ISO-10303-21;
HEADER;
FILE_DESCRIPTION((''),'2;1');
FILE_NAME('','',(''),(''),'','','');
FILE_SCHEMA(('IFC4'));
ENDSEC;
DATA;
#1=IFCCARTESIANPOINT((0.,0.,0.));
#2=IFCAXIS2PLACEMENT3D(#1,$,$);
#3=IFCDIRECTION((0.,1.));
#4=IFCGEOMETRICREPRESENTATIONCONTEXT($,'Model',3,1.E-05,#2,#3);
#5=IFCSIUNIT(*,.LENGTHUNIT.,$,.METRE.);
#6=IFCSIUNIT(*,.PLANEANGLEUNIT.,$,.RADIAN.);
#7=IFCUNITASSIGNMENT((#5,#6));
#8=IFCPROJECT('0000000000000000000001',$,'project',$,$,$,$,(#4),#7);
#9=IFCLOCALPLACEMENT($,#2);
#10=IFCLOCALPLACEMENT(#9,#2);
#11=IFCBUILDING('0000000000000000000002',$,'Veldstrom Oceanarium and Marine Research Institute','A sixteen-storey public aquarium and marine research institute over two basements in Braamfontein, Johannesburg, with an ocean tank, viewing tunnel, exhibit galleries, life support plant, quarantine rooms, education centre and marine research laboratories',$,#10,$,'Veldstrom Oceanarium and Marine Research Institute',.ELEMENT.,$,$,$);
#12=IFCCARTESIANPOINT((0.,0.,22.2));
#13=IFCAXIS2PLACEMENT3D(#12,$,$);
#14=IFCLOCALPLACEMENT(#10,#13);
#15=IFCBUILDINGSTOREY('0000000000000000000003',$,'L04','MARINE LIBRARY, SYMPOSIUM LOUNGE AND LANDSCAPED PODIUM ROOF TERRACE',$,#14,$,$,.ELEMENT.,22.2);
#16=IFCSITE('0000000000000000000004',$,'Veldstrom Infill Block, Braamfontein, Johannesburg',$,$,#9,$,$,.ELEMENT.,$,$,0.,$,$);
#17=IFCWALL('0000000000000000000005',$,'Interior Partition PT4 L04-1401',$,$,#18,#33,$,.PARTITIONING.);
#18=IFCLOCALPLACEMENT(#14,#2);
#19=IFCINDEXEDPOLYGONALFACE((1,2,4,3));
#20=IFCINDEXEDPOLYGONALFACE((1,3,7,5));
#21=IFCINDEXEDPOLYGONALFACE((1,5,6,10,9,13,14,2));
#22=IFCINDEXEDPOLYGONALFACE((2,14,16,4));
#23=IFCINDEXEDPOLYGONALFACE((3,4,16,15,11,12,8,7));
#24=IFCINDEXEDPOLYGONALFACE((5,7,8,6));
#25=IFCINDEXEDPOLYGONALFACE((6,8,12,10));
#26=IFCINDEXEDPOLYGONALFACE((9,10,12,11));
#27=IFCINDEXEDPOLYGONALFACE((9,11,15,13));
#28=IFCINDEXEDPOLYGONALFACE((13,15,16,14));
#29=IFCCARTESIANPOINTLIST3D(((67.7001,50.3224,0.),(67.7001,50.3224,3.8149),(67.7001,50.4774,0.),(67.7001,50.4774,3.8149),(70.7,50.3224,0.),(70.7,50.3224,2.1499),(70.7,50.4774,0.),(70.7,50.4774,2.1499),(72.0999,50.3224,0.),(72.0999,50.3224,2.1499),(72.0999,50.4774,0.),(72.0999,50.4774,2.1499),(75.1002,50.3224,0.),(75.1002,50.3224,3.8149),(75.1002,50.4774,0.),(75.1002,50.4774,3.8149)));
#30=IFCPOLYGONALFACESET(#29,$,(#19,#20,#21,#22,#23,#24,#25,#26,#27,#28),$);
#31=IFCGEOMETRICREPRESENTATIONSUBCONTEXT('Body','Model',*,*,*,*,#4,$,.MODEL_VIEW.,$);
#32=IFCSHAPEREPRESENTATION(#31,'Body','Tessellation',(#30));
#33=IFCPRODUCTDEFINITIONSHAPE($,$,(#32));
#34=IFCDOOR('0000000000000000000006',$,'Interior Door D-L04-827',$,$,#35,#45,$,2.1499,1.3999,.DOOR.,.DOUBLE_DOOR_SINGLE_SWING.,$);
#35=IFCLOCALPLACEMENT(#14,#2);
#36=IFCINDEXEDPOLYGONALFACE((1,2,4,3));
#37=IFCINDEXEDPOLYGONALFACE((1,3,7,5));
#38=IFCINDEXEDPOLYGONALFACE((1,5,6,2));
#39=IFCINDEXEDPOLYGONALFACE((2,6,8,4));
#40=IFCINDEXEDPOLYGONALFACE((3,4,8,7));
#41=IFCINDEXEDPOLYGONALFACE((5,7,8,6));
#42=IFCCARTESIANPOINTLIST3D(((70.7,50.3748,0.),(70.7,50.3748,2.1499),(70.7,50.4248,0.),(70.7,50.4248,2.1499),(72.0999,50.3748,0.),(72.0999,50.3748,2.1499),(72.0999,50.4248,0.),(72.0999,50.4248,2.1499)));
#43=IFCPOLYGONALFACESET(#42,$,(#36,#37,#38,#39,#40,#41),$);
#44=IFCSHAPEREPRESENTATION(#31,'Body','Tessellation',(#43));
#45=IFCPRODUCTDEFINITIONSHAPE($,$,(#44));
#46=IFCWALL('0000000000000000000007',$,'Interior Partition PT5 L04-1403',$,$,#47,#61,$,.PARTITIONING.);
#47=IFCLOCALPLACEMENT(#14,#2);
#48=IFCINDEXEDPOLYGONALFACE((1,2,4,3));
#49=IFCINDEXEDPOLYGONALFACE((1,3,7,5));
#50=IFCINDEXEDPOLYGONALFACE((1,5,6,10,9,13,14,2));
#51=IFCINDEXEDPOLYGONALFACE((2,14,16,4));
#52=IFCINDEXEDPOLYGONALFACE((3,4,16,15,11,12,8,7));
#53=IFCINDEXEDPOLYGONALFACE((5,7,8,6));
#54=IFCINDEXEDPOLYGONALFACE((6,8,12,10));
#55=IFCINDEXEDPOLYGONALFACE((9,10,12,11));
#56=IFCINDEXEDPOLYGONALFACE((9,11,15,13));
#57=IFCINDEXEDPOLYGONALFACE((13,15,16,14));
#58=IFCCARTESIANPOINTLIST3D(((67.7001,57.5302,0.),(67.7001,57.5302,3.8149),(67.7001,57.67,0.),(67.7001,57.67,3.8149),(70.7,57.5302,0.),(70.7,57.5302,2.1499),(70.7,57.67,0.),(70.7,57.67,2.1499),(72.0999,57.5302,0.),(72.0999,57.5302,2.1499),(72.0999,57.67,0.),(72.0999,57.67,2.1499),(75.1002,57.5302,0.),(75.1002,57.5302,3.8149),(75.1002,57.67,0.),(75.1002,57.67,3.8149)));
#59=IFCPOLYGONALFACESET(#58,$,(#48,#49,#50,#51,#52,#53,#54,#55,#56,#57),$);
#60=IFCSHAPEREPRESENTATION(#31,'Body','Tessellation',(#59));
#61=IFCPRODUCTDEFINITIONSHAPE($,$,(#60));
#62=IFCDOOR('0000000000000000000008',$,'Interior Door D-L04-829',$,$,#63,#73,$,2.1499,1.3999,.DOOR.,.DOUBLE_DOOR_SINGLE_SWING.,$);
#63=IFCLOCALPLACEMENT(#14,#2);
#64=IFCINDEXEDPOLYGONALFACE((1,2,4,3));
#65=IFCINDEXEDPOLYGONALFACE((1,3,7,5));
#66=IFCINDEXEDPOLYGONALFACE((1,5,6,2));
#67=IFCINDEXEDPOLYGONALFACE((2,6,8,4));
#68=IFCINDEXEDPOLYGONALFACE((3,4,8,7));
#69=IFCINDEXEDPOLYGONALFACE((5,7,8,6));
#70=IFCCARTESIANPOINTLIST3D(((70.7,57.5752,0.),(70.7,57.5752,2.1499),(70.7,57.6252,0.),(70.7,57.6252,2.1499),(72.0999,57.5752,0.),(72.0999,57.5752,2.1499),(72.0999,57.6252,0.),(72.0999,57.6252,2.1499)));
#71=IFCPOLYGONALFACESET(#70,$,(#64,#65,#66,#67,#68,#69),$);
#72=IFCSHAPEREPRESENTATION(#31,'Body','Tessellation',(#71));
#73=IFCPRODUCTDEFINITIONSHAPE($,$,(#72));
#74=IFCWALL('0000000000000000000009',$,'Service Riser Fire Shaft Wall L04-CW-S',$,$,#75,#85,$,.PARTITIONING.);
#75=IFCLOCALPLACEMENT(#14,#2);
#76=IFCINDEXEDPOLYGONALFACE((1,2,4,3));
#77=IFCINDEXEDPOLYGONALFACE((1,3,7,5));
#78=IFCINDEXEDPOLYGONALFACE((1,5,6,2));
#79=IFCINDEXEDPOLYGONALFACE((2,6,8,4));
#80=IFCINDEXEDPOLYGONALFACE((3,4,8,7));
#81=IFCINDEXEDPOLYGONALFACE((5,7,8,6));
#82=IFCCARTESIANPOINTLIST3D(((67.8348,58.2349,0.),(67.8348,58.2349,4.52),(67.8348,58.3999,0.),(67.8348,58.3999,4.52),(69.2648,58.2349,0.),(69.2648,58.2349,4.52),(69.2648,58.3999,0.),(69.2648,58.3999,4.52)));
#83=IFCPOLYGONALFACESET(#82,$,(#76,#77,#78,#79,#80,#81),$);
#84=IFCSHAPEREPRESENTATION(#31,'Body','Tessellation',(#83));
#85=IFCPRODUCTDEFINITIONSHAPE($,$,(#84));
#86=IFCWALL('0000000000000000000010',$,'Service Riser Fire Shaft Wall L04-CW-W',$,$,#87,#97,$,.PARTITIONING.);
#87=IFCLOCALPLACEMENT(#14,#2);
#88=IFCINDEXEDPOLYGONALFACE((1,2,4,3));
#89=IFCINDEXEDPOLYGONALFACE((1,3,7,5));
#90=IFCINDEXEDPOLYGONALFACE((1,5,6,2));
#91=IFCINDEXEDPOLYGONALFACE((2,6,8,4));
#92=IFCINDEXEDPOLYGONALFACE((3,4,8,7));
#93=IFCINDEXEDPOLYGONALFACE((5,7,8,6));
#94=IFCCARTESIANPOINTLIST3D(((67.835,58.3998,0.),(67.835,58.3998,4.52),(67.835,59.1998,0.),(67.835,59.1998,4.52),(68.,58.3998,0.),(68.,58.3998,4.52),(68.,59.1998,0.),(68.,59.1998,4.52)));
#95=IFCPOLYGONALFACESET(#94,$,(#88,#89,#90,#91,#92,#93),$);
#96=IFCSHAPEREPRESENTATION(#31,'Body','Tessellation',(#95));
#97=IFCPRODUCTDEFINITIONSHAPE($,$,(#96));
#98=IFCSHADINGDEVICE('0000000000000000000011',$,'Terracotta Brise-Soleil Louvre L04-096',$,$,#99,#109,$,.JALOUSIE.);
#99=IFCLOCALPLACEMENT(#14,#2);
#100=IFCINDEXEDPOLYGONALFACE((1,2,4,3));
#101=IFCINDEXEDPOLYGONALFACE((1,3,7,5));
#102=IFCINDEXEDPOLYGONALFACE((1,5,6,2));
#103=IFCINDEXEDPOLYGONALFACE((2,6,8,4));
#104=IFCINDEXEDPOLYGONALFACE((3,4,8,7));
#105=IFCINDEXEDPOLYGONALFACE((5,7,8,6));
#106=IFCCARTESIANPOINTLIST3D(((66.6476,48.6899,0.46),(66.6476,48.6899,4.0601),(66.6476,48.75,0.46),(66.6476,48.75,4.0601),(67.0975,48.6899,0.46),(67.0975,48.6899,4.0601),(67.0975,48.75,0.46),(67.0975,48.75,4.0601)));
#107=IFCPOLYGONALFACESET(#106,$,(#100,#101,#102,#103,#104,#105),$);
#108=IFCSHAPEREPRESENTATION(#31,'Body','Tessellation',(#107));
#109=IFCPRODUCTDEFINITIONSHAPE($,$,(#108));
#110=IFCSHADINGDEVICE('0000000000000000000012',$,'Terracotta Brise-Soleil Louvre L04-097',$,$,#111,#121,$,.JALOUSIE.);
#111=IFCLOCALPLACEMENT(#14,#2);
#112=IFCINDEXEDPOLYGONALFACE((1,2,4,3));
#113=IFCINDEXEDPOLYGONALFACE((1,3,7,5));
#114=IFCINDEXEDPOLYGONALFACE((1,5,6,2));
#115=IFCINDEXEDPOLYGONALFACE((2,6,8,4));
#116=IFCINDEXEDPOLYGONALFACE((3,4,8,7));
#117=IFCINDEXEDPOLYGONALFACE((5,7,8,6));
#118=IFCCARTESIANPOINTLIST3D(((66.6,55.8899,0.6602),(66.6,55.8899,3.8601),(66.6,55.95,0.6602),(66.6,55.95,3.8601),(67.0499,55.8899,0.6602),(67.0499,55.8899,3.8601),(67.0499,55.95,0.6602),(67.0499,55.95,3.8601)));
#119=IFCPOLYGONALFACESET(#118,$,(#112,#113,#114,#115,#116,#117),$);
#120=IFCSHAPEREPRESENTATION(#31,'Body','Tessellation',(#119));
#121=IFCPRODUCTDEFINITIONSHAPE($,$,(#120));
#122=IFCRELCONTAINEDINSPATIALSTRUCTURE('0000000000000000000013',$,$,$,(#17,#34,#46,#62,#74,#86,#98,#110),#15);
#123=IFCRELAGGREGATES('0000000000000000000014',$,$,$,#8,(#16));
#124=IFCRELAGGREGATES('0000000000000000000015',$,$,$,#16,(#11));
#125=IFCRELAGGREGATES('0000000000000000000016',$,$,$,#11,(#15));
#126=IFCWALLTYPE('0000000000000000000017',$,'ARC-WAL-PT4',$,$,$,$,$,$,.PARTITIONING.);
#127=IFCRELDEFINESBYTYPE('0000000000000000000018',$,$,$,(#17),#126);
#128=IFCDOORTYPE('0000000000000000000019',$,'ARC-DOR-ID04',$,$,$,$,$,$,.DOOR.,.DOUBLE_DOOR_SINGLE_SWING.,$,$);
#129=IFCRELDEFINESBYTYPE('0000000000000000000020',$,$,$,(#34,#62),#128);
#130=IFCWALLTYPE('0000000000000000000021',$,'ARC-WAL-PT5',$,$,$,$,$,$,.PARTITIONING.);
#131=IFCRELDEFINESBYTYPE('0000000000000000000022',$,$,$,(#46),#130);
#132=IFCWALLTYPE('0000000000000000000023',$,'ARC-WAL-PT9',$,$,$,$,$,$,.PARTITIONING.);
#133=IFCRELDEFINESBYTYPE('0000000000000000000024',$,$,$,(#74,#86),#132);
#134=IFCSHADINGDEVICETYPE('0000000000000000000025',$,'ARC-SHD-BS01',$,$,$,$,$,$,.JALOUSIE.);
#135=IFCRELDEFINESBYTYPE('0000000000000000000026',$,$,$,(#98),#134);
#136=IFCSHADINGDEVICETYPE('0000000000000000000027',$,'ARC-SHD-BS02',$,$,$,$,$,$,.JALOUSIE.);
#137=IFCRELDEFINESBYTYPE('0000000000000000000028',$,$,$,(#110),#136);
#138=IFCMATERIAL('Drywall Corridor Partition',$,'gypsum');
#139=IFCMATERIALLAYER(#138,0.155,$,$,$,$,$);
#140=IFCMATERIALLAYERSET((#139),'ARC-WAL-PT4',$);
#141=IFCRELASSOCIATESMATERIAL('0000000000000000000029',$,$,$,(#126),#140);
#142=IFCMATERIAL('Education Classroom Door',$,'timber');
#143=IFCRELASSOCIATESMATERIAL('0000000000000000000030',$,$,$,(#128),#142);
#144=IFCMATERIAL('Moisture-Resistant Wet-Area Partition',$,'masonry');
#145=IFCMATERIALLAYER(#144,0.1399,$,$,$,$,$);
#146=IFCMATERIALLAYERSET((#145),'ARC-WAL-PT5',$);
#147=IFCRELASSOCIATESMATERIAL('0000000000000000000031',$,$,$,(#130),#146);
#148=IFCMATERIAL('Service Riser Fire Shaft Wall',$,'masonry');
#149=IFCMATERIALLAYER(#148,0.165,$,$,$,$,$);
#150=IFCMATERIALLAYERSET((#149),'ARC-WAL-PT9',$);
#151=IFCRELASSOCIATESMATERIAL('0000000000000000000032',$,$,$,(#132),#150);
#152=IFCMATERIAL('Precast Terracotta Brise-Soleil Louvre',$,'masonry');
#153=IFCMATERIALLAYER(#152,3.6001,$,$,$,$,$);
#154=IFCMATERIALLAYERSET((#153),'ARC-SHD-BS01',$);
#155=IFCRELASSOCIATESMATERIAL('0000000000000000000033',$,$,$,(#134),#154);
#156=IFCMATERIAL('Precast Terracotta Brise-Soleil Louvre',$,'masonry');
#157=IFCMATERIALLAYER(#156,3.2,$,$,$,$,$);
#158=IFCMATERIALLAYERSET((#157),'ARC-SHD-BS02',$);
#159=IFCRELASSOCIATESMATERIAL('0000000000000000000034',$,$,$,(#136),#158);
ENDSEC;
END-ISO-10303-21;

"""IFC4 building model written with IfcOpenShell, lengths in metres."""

from ifc_helpers import new_model, si_unit, direction, frame, frame_2d, origin, origin_2d, place, context, subcontext, project, spatial, rectangle, extrude, material, layer, layer_set, type_object, element, fill, save


model = new_model("IFC4")

# Units and contexts
model_context = context("Model", 3, precision=1e-05, world=origin(), true_north=direction((0.0, 1.0)))
body_context = subcontext(model_context, "Body", "Model", "MODEL_VIEW")
ifc_project = project(units=[si_unit("LENGTHUNIT", "METRE"), si_unit("PLANEANGLEUNIT", "RADIAN")], contexts=[model_context])

# Site, building, storey
site_placement = place(None, origin())
site = spatial("IfcSite", under=ifc_project, at=site_placement, Name="Veldstrom Infill Block, Braamfontein, Johannesburg", CompositionType="ELEMENT", RefElevation=0.0)
building_placement = place(site_placement, origin())
building = spatial("IfcBuilding", under=site, at=building_placement, Name="Veldstrom Oceanarium and Marine Research Institute", Description="A sixteen-storey public aquarium and marine research institute over two basements in Braamfontein, Johannesburg, with an ocean tank, viewing tunnel, exhibit galleries, life support plant, quarantine rooms, education centre and marine research laboratories", LongName="Veldstrom Oceanarium and Marine Research Institute", CompositionType="ELEMENT")
storey_placement = place(building_placement, frame((0.0, 0.0, 22.2)))
storey = spatial("IfcBuildingStorey", under=building, at=storey_placement, Name="L04", Description="MARINE LIBRARY, SYMPOSIUM LOUNGE AND LANDSCAPED PODIUM ROOF TERRACE", CompositionType="ELEMENT", Elevation=22.2)

# Walls, openings, doors
ifc_material_1 = material(Name="Drywall Corridor Partition", Category="gypsum")
ifc_layer_1 = layer(ifc_material_1, 0.155)
ifc_layer_set_1 = layer_set([ifc_layer_1], Name="ARC-WAL-PT4")
wall_type_1 = type_object("IfcWallType", Name="ARC-WAL-PT4", PredefinedType="PARTITIONING", material=ifc_layer_set_1)
wall_1_placement = place(storey_placement, frame((67.7, 50.3999, 0.0), z_axis=(0.0, 0.0, 1.0), x_axis=(1.0, 0.0, 0.0)))
wall_1 = element("IfcWall", 1, at=wall_1_placement, inside=storey, type_object=wall_type_1, Name="Interior Partition PT4 L04-1401", PredefinedType="PARTITIONING", context=body_context, shape_type="SweptSolid", body=[
    extrude(rectangle(XDim=7.4001, YDim=0.155, at=frame_2d((3.7002, 0.0))), origin(), (0.0, 0.0, 1.0), 3.8149),
])
opening_1_placement = place(wall_1_placement, frame((3.0, 0.0, 0.0)))
opening_1 = element("IfcOpeningElement", 2, at=opening_1_placement, cuts=wall_1, PredefinedType="OPENING", context=body_context, shape_type="SweptSolid", body=[
    extrude(rectangle(XDim=1.3999, YDim=2.1499, at=frame_2d((0.7, 1.075))), frame((0.0, 0.0874, 0.0), z_axis=(0.0, -1.0, 0.0), x_axis=(1.0, 0.0, 0.0)), (0.0, 0.0, 1.0), 0.175),
])
ifc_material_2 = material(Name="Education Classroom Door", Category="timber")
door_type = type_object("IfcDoorType", Name="ARC-DOR-ID04", OperationType="DOUBLE_DOOR_SINGLE_SWING", PredefinedType="DOOR", material=ifc_material_2)
door_1_placement = place(opening_1_placement, origin())
door_1 = element("IfcDoor", 3, at=door_1_placement, inside=storey, type_object=door_type, Name="Interior Door D-L04-827", OperationType="DOUBLE_DOOR_SINGLE_SWING", OverallHeight=2.1499, OverallWidth=1.3999, PredefinedType="DOOR", context=body_context, shape_type="SweptSolid", body=[
    extrude(rectangle(XDim=1.3999, YDim=2.1499, at=frame_2d((0.7, 1.075))), frame((0.0, 0.0249, 0.0), z_axis=(0.0, -1.0, 0.0), x_axis=(1.0, 0.0, 0.0)), (0.0, 0.0, 1.0), 0.05),
])
fill(opening_1, door_1)
ifc_material_3 = material(Name="Moisture-Resistant Wet-Area Partition", Category="masonry")
ifc_layer_2 = layer(ifc_material_3, 0.1399)
ifc_layer_set_2 = layer_set([ifc_layer_2], Name="ARC-WAL-PT5")
wall_type_2 = type_object("IfcWallType", Name="ARC-WAL-PT5", PredefinedType="PARTITIONING", material=ifc_layer_set_2)
wall_2_placement = place(storey_placement, frame((67.7, 57.6001, 0.0), z_axis=(0.0, 0.0, 1.0), x_axis=(1.0, 0.0, 0.0)))
wall_2 = element("IfcWall", 4, at=wall_2_placement, inside=storey, type_object=wall_type_2, Name="Interior Partition PT5 L04-1403", PredefinedType="PARTITIONING", context=body_context, shape_type="SweptSolid", body=[
    extrude(rectangle(XDim=7.4001, YDim=0.1399, at=frame_2d((3.7002, 0.0))), origin(), (0.0, 0.0, 1.0), 3.8149),
])
opening_2_placement = place(wall_2_placement, frame((3.0, 0.0, 0.0)))
opening_2 = element("IfcOpeningElement", 5, at=opening_2_placement, cuts=wall_2, PredefinedType="OPENING", context=body_context, shape_type="SweptSolid", body=[
    extrude(rectangle(XDim=1.3999, YDim=2.1499, at=frame_2d((0.7, 1.075))), frame((0.0, 0.0798, 0.0), z_axis=(0.0, -1.0, 0.0), x_axis=(1.0, 0.0, 0.0)), (0.0, 0.0, 1.0), 0.1599),
])
door_2_placement = place(opening_2_placement, frame((1.3999, 0.0, 0.0), z_axis=(0.0, 0.0, 1.0), x_axis=(-1.0, 0.0, 0.0)))
door_2 = element("IfcDoor", 6, at=door_2_placement, inside=storey, type_object=door_type, Name="Interior Door D-L04-829", OperationType="DOUBLE_DOOR_SINGLE_SWING", OverallHeight=2.1499, OverallWidth=1.3999, PredefinedType="DOOR", context=body_context, shape_type="SweptSolid", body=[
    extrude(rectangle(XDim=1.3999, YDim=2.1499, at=frame_2d((0.7, 1.075))), frame((0.0, 0.0249, 0.0), z_axis=(0.0, -1.0, 0.0), x_axis=(1.0, 0.0, 0.0)), (0.0, 0.0, 1.0), 0.05),
])
fill(opening_2, door_2)

# Walls
ifc_material_4 = material(Name="Service Riser Fire Shaft Wall", Category="masonry")
ifc_layer_3 = layer(ifc_material_4, 0.165)
ifc_layer_set_3 = layer_set([ifc_layer_3], Name="ARC-WAL-PT9")
wall_type_3 = type_object("IfcWallType", Name="ARC-WAL-PT9", PredefinedType="PARTITIONING", material=ifc_layer_set_3)
wall_3_placement = place(storey_placement, frame((67.835, 58.3174, 0.0), z_axis=(0.0, 0.0, 1.0), x_axis=(1.0, 0.0, 0.0)))
element("IfcWall", 7, at=wall_3_placement, inside=storey, type_object=wall_type_3, Name="Service Riser Fire Shaft Wall L04-CW-S", PredefinedType="PARTITIONING", context=body_context, shape_type="SweptSolid", body=[
    extrude(rectangle(XDim=1.4299, YDim=0.165, at=frame_2d((0.7148, 0.0))), origin(), (0.0, 0.0, 1.0), 4.52),
])
wall_4_placement = place(storey_placement, frame((67.9175, 58.3999, 0.0), z_axis=(0.0, 0.0, 1.0), x_axis=(0.0, 1.0, 0.0)))
element("IfcWall", 8, at=wall_4_placement, inside=storey, type_object=wall_type_3, Name="Service Riser Fire Shaft Wall L04-CW-W", PredefinedType="PARTITIONING", context=body_context, shape_type="SweptSolid", body=[
    extrude(rectangle(XDim=0.8, YDim=0.165, at=frame_2d((0.3999, 0.0))), origin(), (0.0, 0.0, 1.0), 4.52),
])

# Shading devices
ifc_material_5 = material(Name="Precast Terracotta Brise-Soleil Louvre", Category="masonry")
ifc_layer_4 = layer(ifc_material_5, 3.6001)
ifc_layer_set_4 = layer_set([ifc_layer_4], Name="ARC-SHD-BS01")
shading_device_type_1 = type_object("IfcShadingDeviceType", Name="ARC-SHD-BS01", PredefinedType="JALOUSIE", material=ifc_layer_set_4)
shading_device_1_placement = place(storey_placement, frame((66.8726, 48.72, 0.46), z_axis=(0.0, 0.0, 1.0), x_axis=(1.0, 0.0, 0.0)))
element("IfcShadingDevice", 9, at=shading_device_1_placement, inside=storey, type_object=shading_device_type_1, Name="Terracotta Brise-Soleil Louvre L04-096", PredefinedType="JALOUSIE", context=body_context, shape_type="SweptSolid", body=[
    extrude(rectangle(XDim=0.45, YDim=0.0601, at=origin_2d()), origin(), (0.0, 0.0, 1.0), 3.6001),
])
ifc_material_6 = material(Name="Precast Terracotta Brise-Soleil Louvre", Category="masonry")
ifc_layer_5 = layer(ifc_material_6, 3.2)
ifc_layer_set_5 = layer_set([ifc_layer_5], Name="ARC-SHD-BS02")
shading_device_type_2 = type_object("IfcShadingDeviceType", Name="ARC-SHD-BS02", PredefinedType="JALOUSIE", material=ifc_layer_set_5)
shading_device_2_placement = place(storey_placement, frame((66.825, 55.9199, 0.6602), z_axis=(0.0, 0.0, 1.0), x_axis=(1.0, 0.0, 0.0)))
element("IfcShadingDevice", 10, at=shading_device_2_placement, inside=storey, type_object=shading_device_type_2, Name="Terracotta Brise-Soleil Louvre L04-097", PredefinedType="JALOUSIE", context=body_context, shape_type="SweptSolid", body=[
    extrude(rectangle(XDim=0.45, YDim=0.0601, at=origin_2d()), origin(), (0.0, 0.0, 1.0), 3.2),
])

save(model, "model.ifc")
